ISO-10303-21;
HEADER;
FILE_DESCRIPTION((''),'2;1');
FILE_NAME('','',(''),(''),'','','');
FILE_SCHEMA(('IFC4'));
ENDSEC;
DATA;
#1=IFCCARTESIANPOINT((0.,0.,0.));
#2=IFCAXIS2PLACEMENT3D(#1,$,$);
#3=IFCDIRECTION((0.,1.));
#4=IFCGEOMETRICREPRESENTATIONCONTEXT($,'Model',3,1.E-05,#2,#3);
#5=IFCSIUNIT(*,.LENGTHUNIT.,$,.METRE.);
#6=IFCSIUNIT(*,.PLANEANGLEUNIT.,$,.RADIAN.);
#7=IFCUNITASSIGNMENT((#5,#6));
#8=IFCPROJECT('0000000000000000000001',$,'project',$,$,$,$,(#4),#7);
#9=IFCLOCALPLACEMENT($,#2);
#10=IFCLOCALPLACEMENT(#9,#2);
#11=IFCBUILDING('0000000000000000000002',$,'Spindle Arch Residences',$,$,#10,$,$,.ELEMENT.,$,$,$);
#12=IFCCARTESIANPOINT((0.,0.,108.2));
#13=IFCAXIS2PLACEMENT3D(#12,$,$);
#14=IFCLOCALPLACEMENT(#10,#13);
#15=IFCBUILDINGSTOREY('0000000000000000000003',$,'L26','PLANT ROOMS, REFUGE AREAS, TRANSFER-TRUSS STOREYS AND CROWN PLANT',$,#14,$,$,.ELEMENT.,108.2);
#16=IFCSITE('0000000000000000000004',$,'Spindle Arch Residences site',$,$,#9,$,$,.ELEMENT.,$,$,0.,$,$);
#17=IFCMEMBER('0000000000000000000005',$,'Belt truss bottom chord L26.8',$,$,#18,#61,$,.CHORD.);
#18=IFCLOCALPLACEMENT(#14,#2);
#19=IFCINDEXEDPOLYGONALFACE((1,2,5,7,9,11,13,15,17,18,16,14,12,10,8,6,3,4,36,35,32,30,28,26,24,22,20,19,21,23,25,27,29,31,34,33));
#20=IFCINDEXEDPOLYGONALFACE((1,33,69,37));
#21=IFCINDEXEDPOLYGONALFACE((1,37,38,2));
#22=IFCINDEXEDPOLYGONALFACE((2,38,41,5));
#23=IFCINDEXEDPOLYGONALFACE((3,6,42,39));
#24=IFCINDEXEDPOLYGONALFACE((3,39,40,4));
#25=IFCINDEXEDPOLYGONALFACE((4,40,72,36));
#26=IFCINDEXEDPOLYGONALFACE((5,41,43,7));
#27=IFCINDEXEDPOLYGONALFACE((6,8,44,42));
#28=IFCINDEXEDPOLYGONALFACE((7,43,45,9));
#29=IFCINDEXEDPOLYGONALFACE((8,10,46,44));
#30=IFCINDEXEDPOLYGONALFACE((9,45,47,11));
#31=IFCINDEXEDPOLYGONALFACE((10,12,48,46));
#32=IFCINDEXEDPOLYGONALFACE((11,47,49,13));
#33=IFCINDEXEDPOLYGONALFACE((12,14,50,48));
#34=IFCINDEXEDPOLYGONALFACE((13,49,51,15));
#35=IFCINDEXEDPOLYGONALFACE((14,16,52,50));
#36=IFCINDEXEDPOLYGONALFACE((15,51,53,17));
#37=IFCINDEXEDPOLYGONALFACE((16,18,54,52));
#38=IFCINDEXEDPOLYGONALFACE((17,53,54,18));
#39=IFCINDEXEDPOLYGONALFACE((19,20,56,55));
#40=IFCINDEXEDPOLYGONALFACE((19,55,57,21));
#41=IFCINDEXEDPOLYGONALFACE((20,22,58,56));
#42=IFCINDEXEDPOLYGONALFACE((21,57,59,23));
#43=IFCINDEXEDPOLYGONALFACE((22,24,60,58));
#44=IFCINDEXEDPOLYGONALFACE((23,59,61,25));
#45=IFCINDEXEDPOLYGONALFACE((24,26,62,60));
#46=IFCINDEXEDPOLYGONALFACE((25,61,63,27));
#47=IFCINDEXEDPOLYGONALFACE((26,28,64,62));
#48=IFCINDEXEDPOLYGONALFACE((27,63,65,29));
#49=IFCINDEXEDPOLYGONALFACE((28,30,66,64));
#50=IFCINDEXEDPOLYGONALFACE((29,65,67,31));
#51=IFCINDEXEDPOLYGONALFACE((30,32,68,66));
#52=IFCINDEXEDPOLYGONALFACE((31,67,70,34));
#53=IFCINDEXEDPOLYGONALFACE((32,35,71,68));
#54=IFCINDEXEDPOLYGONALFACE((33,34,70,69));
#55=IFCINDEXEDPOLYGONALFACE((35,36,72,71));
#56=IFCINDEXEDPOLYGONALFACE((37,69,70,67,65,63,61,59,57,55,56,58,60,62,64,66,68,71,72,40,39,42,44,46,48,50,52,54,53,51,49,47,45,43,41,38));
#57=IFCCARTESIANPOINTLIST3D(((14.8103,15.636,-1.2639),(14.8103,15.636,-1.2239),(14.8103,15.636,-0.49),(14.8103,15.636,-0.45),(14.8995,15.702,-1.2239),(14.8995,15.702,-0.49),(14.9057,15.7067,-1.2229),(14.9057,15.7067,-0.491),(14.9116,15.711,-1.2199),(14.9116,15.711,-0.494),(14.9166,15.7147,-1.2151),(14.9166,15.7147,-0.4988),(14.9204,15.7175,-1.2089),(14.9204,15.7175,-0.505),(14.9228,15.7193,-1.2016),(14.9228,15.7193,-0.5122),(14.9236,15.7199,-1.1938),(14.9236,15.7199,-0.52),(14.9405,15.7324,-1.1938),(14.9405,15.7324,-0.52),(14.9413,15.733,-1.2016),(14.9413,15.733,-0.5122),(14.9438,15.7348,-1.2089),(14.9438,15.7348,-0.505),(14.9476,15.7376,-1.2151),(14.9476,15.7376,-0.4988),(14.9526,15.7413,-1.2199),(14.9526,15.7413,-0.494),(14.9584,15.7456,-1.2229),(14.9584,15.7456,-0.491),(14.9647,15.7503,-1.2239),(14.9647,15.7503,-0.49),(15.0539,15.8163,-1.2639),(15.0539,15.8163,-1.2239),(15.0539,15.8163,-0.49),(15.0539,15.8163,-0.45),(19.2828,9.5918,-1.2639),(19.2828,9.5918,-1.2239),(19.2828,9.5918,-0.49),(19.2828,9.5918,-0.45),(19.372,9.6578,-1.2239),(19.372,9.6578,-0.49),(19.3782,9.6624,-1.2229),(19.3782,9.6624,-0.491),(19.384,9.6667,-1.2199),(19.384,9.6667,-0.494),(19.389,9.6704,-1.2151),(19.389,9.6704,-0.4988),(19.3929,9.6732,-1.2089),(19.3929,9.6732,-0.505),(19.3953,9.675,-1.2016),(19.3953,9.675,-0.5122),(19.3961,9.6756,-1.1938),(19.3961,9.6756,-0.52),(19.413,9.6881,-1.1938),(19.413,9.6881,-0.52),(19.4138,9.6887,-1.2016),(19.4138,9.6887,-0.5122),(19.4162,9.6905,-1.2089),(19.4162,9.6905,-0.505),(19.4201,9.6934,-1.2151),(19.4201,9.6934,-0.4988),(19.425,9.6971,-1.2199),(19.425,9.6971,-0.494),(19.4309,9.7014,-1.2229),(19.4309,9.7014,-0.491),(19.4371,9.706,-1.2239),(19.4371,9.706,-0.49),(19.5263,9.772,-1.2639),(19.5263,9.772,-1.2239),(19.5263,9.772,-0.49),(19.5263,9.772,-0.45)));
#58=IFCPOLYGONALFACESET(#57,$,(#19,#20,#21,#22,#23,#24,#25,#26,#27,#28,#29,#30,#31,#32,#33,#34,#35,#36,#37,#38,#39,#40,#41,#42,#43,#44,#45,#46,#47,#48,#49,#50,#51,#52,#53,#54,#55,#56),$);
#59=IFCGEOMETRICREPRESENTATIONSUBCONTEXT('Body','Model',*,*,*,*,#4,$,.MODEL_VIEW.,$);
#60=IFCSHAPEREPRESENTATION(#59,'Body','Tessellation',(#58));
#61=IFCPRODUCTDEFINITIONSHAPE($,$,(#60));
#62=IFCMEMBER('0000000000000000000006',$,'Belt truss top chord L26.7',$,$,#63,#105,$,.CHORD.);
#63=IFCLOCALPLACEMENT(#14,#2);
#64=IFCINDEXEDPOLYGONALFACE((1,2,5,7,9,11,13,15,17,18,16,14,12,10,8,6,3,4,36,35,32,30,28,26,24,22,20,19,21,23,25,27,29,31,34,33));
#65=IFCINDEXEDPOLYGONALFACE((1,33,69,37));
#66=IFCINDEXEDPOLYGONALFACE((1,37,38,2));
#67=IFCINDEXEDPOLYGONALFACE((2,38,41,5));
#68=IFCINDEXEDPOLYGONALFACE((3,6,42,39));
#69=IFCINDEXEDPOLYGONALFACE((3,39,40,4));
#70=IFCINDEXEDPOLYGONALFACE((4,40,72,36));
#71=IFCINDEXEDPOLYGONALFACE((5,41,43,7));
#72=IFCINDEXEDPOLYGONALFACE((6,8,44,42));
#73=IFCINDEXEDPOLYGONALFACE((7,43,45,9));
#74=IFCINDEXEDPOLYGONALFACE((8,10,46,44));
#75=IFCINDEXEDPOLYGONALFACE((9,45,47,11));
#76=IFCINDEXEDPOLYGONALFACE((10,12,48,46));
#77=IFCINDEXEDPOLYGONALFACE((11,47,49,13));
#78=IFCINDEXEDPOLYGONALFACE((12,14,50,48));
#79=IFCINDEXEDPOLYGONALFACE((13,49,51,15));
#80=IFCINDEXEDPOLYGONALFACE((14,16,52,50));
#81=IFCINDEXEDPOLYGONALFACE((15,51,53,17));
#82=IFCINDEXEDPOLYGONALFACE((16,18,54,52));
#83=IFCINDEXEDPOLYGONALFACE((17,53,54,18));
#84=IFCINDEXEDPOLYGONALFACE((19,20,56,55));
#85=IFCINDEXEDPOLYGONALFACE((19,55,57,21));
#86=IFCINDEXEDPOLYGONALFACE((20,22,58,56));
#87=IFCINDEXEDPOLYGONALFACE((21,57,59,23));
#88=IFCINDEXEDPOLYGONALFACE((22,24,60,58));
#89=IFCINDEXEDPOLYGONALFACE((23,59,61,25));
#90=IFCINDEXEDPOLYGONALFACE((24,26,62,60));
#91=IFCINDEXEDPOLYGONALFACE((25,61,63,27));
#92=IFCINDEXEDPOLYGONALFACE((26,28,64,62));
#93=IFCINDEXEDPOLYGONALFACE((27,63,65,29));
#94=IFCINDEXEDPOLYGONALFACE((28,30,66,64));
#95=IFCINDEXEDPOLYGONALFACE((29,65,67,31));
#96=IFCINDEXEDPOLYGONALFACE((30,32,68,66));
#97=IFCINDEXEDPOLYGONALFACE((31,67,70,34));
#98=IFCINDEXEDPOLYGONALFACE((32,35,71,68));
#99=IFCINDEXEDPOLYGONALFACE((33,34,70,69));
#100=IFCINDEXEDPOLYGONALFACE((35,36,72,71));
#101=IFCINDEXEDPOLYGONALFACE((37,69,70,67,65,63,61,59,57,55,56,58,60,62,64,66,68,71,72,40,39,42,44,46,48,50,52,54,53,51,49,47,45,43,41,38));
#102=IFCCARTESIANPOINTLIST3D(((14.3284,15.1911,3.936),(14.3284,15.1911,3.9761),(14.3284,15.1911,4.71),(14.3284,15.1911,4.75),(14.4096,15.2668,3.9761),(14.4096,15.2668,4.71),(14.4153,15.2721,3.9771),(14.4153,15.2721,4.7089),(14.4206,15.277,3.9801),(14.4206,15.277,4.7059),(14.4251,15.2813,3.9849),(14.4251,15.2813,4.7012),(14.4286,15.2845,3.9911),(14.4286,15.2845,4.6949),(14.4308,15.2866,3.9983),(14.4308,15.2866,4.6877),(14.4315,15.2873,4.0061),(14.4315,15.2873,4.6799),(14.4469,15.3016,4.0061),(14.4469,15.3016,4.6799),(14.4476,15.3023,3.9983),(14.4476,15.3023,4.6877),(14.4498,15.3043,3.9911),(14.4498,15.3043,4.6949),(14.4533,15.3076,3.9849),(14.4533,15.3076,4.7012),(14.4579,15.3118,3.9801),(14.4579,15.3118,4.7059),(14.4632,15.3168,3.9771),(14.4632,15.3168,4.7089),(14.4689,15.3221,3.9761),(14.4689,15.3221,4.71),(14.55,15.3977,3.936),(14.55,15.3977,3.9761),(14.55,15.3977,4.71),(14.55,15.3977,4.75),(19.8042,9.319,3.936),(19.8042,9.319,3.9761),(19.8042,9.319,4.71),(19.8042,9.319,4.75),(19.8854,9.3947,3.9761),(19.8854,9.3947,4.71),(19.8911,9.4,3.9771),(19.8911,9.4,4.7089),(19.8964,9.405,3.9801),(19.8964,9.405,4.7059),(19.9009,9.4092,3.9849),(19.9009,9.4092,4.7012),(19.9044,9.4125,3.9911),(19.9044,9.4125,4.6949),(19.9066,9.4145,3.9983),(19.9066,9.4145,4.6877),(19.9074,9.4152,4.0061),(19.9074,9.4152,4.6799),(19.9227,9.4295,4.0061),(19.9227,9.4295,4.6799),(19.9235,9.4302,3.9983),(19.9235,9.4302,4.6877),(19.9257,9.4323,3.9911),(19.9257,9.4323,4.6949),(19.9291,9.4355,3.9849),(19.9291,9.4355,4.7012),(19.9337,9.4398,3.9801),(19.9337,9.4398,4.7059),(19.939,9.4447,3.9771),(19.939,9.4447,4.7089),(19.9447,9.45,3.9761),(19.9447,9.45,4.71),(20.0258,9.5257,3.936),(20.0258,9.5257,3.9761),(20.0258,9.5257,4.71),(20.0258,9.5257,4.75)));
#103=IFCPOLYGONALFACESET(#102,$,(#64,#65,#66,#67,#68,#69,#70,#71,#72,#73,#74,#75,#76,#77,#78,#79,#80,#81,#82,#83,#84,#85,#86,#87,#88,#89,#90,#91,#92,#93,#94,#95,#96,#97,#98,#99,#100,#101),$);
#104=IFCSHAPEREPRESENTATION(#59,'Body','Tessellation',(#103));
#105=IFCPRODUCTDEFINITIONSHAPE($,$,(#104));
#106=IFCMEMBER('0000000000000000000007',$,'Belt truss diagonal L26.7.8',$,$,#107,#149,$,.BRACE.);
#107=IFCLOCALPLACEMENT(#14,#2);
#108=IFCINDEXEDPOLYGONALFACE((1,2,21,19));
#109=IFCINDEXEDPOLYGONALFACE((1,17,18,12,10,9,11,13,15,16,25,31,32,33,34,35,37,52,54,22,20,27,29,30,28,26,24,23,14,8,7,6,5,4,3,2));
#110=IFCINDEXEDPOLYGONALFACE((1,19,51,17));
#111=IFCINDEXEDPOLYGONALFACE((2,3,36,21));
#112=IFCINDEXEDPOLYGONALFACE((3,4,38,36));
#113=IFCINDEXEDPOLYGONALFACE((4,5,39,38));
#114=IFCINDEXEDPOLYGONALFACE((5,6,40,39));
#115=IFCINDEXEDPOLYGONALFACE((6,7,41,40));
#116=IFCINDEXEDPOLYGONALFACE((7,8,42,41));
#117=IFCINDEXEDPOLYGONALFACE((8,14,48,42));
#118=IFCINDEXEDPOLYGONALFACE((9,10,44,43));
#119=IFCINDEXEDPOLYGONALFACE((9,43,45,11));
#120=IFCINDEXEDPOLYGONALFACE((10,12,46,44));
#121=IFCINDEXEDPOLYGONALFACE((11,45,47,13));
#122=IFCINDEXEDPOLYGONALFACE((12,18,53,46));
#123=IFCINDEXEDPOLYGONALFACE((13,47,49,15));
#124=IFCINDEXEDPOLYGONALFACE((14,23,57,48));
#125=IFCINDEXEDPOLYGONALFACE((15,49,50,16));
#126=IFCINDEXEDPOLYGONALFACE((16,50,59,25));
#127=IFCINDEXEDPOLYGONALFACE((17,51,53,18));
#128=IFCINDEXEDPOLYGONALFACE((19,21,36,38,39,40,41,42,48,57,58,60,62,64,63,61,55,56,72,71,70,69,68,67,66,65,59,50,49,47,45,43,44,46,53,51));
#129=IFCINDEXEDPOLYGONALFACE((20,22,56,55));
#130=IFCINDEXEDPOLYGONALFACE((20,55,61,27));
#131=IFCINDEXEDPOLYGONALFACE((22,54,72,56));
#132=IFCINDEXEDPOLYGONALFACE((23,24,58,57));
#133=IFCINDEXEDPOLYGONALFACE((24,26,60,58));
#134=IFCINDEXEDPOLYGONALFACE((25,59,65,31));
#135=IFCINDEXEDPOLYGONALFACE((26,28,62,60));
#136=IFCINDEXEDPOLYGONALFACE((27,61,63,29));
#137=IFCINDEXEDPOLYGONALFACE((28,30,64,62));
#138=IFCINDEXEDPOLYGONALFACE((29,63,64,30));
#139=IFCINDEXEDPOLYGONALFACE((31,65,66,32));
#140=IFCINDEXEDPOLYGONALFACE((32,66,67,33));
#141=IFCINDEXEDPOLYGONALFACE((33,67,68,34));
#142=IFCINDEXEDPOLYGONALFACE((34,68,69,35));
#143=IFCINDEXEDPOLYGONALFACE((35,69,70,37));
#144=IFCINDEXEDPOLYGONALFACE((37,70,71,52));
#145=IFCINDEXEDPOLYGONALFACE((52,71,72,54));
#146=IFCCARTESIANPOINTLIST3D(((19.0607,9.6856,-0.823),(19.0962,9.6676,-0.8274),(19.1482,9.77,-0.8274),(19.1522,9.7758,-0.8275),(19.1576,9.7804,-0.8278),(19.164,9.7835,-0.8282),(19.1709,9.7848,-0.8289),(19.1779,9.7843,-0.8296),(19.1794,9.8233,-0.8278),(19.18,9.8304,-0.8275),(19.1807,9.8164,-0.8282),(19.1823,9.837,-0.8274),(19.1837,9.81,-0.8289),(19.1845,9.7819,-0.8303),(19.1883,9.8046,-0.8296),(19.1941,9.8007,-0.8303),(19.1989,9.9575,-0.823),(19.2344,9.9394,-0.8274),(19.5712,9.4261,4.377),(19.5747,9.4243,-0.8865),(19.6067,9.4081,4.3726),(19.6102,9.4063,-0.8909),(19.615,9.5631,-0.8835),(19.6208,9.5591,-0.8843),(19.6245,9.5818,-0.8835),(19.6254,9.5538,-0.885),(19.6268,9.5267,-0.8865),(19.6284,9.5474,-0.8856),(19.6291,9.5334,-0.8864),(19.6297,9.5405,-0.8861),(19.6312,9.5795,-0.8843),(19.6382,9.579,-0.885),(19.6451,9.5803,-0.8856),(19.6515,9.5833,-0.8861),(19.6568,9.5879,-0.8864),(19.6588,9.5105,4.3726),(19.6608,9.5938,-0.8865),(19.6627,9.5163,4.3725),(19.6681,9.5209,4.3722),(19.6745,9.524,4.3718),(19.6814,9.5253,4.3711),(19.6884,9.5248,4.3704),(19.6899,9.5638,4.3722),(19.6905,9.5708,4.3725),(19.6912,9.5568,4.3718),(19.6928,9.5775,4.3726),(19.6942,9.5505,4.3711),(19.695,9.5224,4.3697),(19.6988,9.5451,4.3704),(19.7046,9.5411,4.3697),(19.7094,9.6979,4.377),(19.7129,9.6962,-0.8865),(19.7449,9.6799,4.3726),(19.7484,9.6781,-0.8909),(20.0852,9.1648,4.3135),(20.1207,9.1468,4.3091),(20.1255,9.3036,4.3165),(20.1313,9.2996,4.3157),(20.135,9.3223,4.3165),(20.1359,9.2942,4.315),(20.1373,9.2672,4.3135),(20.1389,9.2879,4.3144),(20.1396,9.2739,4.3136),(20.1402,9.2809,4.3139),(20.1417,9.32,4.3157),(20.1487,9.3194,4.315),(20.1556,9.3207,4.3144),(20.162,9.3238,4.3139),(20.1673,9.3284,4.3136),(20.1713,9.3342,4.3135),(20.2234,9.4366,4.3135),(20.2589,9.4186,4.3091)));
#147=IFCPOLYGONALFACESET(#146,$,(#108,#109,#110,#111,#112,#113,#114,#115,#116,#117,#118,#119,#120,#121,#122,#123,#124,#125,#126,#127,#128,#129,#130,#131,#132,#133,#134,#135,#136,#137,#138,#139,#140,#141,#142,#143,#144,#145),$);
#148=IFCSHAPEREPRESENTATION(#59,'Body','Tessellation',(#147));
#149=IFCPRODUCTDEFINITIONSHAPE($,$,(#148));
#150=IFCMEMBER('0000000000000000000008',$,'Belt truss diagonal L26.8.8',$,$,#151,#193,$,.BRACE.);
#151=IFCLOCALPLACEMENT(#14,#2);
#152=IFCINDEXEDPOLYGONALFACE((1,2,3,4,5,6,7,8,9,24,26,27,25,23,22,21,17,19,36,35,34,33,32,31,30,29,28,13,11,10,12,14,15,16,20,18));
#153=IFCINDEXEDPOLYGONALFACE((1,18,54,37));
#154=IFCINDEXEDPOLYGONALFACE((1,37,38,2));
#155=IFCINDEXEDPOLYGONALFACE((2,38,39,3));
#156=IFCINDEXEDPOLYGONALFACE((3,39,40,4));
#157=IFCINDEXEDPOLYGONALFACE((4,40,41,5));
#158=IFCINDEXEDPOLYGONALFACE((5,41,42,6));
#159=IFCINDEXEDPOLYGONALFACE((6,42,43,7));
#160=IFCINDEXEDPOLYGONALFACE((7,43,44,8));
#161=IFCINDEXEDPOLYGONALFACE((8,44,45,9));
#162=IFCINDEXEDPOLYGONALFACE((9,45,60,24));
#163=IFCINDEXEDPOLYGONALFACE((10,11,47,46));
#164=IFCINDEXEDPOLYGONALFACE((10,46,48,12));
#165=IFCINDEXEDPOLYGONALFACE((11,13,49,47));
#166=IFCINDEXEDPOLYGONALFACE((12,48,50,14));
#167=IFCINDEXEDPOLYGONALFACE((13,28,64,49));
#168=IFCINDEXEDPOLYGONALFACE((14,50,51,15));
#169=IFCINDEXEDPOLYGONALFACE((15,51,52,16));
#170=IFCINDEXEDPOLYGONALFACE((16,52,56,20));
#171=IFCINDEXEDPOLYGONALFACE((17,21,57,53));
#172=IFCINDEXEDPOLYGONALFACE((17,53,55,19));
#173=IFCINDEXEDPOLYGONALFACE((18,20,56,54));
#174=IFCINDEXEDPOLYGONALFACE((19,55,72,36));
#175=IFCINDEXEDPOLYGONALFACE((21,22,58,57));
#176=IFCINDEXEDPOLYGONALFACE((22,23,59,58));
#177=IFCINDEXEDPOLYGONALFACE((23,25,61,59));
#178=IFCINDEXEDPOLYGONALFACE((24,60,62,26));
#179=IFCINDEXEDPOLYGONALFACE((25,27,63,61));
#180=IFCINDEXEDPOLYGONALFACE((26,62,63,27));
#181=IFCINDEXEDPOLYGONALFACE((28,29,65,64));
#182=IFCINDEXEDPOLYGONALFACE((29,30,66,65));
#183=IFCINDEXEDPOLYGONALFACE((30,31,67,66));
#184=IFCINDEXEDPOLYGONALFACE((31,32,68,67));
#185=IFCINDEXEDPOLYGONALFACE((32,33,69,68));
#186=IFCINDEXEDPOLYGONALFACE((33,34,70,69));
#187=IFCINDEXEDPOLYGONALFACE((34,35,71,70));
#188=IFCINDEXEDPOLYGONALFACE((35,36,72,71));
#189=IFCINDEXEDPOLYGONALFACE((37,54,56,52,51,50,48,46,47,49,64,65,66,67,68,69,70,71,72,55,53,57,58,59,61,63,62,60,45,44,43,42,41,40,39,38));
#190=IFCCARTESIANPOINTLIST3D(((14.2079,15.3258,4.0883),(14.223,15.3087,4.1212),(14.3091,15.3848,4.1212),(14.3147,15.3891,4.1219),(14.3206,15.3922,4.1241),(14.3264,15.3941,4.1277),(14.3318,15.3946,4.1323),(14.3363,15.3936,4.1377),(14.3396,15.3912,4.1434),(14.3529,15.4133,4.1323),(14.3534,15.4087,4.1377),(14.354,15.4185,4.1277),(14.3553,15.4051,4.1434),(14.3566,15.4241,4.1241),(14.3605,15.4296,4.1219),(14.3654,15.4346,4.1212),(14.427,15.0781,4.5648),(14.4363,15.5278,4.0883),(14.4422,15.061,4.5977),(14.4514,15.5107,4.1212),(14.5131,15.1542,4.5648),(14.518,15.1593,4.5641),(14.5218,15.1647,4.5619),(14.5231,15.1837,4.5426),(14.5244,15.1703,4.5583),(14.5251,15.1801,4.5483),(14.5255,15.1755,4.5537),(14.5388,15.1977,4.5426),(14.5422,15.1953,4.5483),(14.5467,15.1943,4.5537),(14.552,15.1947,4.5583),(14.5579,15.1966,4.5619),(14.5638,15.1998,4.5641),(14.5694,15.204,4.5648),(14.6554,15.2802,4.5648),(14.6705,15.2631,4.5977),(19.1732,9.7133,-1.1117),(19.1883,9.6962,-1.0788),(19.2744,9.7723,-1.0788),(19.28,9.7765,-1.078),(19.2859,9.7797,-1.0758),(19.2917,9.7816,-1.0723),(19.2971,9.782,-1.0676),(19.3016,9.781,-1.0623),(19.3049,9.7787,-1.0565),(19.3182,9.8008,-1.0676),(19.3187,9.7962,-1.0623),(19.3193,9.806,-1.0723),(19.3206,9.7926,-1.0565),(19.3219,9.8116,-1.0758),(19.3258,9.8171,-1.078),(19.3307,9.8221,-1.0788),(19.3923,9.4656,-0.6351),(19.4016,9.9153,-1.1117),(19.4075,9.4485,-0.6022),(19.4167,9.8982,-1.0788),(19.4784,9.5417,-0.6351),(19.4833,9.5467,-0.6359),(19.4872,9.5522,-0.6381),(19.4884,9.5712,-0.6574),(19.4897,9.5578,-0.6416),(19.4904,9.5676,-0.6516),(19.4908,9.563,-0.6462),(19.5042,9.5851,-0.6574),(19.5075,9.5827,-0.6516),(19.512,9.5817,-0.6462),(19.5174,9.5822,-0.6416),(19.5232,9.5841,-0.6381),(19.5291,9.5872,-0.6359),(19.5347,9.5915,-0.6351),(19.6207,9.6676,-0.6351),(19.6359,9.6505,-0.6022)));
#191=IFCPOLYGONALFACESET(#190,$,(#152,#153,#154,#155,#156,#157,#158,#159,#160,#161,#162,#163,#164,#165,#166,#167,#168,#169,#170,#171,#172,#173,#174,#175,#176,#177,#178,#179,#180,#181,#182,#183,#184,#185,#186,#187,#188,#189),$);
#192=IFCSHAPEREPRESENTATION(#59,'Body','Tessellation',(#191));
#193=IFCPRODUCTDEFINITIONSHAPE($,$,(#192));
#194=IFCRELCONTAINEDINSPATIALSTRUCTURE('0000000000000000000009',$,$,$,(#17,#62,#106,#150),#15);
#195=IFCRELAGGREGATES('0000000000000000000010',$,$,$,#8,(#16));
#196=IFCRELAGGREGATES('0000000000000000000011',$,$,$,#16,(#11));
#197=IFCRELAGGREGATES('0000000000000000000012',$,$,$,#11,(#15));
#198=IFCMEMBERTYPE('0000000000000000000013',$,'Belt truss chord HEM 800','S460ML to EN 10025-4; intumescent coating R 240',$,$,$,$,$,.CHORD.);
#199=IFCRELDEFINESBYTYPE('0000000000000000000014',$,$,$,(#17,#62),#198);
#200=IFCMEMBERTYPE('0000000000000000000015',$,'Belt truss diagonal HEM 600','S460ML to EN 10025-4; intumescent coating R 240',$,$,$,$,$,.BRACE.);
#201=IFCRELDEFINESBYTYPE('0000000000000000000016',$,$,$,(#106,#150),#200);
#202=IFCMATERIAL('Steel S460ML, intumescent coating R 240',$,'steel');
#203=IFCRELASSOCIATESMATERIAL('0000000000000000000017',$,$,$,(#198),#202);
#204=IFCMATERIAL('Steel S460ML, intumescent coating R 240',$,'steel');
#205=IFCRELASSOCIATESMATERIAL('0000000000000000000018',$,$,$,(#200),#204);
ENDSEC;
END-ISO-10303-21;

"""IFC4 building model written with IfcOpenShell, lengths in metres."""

from ifc_helpers import new_model, si_unit, direction, frame, origin, origin_2d, place, context, subcontext, project, spatial, i_section, extrude, material, material_profile, profile_set, type_object, element, save


model = new_model("IFC4")

# Units and contexts
model_context = context("Model", 3, precision=1e-05, world=origin(), true_north=direction((0.0, 1.0)))
body_context = subcontext(model_context, "Body", "Model", "MODEL_VIEW")
ifc_project = project(units=[si_unit("LENGTHUNIT", "METRE"), si_unit("PLANEANGLEUNIT", "RADIAN")], contexts=[model_context])

# Site, building, storey
site_placement = place(None, origin())
site = spatial("IfcSite", under=ifc_project, at=site_placement, Name="Spindle Arch Residences site", CompositionType="ELEMENT", RefElevation=0.0)
building_placement = place(site_placement, origin())
building = spatial("IfcBuilding", under=site, at=building_placement, Name="Spindle Arch Residences", CompositionType="ELEMENT")
storey_placement = place(building_placement, frame((0.0, 0.0, 108.2)))
storey = spatial("IfcBuildingStorey", under=building, at=storey_placement, Name="L26", Description="PLANT ROOMS, REFUGE AREAS, TRANSFER-TRUSS STOREYS AND CROWN PLANT", CompositionType="ELEMENT", Elevation=108.2)

# Members
ifc_material_1 = material(Name="Steel S460ML, intumescent coating R 240", Category="steel")
ifc_material_profile_1 = material_profile(ifc_material_1, i_section(OverallWidth=0.303, OverallDepth=0.814, WebThickness=0.021, FlangeThickness=0.04, FilletRadius=0.03, at=origin_2d()), Name="HEM 800")
ifc_profile_set_1 = profile_set([ifc_material_profile_1], Name="Steel S460ML, intumescent coating R 240")
member_type_1 = type_object("IfcMemberType", Name="Belt truss chord HEM 800", Description="S460ML to EN 10025-4; intumescent coating R 240", PredefinedType="CHORD", material=ifc_profile_set_1)
member_1_placement = place(storey_placement, frame((19.4045, 9.6819, -0.8569), z_axis=(-0.594818, 0.80386, 0.0), x_axis=(-0.80386, -0.594818, 0.0)))
element("IfcMember", 1, at=member_1_placement, inside=storey, type_object=member_type_1, Name="Belt truss bottom chord L26.8", PredefinedType="CHORD", context=body_context, shape_type="SweptSolid", body=[
    extrude(i_section(OverallWidth=0.303, OverallDepth=0.814, WebThickness=0.021, FlangeThickness=0.04, FilletRadius=0.03, at=origin_2d()), origin(), (0.0, 0.0, 1.0), 7.519),
])
member_2_placement = place(storey_placement, frame((19.915, 9.4224, 4.343), z_axis=(-0.682001, 0.731351, 0.0), x_axis=(-0.731351, -0.682001, 0.0)))
element("IfcMember", 2, at=member_2_placement, inside=storey, type_object=member_type_1, Name="Belt truss top chord L26.7", PredefinedType="CHORD", context=body_context, shape_type="SweptSolid", body=[
    extrude(i_section(OverallWidth=0.303, OverallDepth=0.814, WebThickness=0.021, FlangeThickness=0.04, FilletRadius=0.03, at=origin_2d()), origin(), (0.0, 0.0, 1.0), 8.0291),
])
ifc_material_2 = material(Name="Steel S460ML, intumescent coating R 240", Category="steel")
ifc_material_profile_2 = material_profile(ifc_material_2, i_section(OverallWidth=0.3049, OverallDepth=0.6201, WebThickness=0.021, FlangeThickness=0.04, FilletRadius=0.0271, at=origin_2d()), Name="HEM 600")
ifc_profile_set_2 = profile_set([ifc_material_profile_2], Name="Steel S460ML, intumescent coating R 240")
member_type_2 = type_object("IfcMemberType", Name="Belt truss diagonal HEM 600", Description="S460ML to EN 10025-4; intumescent coating R 240", PredefinedType="BRACE", material=ifc_profile_set_2)
member_3_placement = place(storey_placement, frame((19.4045, 9.6819, -0.8569), z_axis=(0.097584, -0.049609, 0.99399), x_axis=(0.453172, 0.891423, 0.0)))
element("IfcMember", 3, at=member_3_placement, inside=storey, type_object=member_type_2, Name="Belt truss diagonal L26.7.8", PredefinedType="BRACE", context=body_context, shape_type="SweptSolid", body=[
    extrude(i_section(OverallWidth=0.3049, OverallDepth=0.6201, WebThickness=0.021, FlangeThickness=0.04, FilletRadius=0.0271, at=origin_2d()), origin(), (0.0, 0.0, 1.0), 5.2314),
])
member_4_placement = place(storey_placement, frame((19.4045, 9.6819, -0.8569), z_axis=(-0.544378, 0.615336, 0.5701), x_axis=(-0.748971, -0.662603, 0.0)))
element("IfcMember", 4, at=member_4_placement, inside=storey, type_object=member_type_2, Name="Belt truss diagonal L26.8.8", PredefinedType="BRACE", context=body_context, shape_type="SweptSolid", body=[
    extrude(i_section(OverallWidth=0.3049, OverallDepth=0.6201, WebThickness=0.021, FlangeThickness=0.04, FilletRadius=0.0271, at=origin_2d()), origin(), (0.0, 0.0, 1.0), 9.1211),
])

save(model, "model.ifc")
